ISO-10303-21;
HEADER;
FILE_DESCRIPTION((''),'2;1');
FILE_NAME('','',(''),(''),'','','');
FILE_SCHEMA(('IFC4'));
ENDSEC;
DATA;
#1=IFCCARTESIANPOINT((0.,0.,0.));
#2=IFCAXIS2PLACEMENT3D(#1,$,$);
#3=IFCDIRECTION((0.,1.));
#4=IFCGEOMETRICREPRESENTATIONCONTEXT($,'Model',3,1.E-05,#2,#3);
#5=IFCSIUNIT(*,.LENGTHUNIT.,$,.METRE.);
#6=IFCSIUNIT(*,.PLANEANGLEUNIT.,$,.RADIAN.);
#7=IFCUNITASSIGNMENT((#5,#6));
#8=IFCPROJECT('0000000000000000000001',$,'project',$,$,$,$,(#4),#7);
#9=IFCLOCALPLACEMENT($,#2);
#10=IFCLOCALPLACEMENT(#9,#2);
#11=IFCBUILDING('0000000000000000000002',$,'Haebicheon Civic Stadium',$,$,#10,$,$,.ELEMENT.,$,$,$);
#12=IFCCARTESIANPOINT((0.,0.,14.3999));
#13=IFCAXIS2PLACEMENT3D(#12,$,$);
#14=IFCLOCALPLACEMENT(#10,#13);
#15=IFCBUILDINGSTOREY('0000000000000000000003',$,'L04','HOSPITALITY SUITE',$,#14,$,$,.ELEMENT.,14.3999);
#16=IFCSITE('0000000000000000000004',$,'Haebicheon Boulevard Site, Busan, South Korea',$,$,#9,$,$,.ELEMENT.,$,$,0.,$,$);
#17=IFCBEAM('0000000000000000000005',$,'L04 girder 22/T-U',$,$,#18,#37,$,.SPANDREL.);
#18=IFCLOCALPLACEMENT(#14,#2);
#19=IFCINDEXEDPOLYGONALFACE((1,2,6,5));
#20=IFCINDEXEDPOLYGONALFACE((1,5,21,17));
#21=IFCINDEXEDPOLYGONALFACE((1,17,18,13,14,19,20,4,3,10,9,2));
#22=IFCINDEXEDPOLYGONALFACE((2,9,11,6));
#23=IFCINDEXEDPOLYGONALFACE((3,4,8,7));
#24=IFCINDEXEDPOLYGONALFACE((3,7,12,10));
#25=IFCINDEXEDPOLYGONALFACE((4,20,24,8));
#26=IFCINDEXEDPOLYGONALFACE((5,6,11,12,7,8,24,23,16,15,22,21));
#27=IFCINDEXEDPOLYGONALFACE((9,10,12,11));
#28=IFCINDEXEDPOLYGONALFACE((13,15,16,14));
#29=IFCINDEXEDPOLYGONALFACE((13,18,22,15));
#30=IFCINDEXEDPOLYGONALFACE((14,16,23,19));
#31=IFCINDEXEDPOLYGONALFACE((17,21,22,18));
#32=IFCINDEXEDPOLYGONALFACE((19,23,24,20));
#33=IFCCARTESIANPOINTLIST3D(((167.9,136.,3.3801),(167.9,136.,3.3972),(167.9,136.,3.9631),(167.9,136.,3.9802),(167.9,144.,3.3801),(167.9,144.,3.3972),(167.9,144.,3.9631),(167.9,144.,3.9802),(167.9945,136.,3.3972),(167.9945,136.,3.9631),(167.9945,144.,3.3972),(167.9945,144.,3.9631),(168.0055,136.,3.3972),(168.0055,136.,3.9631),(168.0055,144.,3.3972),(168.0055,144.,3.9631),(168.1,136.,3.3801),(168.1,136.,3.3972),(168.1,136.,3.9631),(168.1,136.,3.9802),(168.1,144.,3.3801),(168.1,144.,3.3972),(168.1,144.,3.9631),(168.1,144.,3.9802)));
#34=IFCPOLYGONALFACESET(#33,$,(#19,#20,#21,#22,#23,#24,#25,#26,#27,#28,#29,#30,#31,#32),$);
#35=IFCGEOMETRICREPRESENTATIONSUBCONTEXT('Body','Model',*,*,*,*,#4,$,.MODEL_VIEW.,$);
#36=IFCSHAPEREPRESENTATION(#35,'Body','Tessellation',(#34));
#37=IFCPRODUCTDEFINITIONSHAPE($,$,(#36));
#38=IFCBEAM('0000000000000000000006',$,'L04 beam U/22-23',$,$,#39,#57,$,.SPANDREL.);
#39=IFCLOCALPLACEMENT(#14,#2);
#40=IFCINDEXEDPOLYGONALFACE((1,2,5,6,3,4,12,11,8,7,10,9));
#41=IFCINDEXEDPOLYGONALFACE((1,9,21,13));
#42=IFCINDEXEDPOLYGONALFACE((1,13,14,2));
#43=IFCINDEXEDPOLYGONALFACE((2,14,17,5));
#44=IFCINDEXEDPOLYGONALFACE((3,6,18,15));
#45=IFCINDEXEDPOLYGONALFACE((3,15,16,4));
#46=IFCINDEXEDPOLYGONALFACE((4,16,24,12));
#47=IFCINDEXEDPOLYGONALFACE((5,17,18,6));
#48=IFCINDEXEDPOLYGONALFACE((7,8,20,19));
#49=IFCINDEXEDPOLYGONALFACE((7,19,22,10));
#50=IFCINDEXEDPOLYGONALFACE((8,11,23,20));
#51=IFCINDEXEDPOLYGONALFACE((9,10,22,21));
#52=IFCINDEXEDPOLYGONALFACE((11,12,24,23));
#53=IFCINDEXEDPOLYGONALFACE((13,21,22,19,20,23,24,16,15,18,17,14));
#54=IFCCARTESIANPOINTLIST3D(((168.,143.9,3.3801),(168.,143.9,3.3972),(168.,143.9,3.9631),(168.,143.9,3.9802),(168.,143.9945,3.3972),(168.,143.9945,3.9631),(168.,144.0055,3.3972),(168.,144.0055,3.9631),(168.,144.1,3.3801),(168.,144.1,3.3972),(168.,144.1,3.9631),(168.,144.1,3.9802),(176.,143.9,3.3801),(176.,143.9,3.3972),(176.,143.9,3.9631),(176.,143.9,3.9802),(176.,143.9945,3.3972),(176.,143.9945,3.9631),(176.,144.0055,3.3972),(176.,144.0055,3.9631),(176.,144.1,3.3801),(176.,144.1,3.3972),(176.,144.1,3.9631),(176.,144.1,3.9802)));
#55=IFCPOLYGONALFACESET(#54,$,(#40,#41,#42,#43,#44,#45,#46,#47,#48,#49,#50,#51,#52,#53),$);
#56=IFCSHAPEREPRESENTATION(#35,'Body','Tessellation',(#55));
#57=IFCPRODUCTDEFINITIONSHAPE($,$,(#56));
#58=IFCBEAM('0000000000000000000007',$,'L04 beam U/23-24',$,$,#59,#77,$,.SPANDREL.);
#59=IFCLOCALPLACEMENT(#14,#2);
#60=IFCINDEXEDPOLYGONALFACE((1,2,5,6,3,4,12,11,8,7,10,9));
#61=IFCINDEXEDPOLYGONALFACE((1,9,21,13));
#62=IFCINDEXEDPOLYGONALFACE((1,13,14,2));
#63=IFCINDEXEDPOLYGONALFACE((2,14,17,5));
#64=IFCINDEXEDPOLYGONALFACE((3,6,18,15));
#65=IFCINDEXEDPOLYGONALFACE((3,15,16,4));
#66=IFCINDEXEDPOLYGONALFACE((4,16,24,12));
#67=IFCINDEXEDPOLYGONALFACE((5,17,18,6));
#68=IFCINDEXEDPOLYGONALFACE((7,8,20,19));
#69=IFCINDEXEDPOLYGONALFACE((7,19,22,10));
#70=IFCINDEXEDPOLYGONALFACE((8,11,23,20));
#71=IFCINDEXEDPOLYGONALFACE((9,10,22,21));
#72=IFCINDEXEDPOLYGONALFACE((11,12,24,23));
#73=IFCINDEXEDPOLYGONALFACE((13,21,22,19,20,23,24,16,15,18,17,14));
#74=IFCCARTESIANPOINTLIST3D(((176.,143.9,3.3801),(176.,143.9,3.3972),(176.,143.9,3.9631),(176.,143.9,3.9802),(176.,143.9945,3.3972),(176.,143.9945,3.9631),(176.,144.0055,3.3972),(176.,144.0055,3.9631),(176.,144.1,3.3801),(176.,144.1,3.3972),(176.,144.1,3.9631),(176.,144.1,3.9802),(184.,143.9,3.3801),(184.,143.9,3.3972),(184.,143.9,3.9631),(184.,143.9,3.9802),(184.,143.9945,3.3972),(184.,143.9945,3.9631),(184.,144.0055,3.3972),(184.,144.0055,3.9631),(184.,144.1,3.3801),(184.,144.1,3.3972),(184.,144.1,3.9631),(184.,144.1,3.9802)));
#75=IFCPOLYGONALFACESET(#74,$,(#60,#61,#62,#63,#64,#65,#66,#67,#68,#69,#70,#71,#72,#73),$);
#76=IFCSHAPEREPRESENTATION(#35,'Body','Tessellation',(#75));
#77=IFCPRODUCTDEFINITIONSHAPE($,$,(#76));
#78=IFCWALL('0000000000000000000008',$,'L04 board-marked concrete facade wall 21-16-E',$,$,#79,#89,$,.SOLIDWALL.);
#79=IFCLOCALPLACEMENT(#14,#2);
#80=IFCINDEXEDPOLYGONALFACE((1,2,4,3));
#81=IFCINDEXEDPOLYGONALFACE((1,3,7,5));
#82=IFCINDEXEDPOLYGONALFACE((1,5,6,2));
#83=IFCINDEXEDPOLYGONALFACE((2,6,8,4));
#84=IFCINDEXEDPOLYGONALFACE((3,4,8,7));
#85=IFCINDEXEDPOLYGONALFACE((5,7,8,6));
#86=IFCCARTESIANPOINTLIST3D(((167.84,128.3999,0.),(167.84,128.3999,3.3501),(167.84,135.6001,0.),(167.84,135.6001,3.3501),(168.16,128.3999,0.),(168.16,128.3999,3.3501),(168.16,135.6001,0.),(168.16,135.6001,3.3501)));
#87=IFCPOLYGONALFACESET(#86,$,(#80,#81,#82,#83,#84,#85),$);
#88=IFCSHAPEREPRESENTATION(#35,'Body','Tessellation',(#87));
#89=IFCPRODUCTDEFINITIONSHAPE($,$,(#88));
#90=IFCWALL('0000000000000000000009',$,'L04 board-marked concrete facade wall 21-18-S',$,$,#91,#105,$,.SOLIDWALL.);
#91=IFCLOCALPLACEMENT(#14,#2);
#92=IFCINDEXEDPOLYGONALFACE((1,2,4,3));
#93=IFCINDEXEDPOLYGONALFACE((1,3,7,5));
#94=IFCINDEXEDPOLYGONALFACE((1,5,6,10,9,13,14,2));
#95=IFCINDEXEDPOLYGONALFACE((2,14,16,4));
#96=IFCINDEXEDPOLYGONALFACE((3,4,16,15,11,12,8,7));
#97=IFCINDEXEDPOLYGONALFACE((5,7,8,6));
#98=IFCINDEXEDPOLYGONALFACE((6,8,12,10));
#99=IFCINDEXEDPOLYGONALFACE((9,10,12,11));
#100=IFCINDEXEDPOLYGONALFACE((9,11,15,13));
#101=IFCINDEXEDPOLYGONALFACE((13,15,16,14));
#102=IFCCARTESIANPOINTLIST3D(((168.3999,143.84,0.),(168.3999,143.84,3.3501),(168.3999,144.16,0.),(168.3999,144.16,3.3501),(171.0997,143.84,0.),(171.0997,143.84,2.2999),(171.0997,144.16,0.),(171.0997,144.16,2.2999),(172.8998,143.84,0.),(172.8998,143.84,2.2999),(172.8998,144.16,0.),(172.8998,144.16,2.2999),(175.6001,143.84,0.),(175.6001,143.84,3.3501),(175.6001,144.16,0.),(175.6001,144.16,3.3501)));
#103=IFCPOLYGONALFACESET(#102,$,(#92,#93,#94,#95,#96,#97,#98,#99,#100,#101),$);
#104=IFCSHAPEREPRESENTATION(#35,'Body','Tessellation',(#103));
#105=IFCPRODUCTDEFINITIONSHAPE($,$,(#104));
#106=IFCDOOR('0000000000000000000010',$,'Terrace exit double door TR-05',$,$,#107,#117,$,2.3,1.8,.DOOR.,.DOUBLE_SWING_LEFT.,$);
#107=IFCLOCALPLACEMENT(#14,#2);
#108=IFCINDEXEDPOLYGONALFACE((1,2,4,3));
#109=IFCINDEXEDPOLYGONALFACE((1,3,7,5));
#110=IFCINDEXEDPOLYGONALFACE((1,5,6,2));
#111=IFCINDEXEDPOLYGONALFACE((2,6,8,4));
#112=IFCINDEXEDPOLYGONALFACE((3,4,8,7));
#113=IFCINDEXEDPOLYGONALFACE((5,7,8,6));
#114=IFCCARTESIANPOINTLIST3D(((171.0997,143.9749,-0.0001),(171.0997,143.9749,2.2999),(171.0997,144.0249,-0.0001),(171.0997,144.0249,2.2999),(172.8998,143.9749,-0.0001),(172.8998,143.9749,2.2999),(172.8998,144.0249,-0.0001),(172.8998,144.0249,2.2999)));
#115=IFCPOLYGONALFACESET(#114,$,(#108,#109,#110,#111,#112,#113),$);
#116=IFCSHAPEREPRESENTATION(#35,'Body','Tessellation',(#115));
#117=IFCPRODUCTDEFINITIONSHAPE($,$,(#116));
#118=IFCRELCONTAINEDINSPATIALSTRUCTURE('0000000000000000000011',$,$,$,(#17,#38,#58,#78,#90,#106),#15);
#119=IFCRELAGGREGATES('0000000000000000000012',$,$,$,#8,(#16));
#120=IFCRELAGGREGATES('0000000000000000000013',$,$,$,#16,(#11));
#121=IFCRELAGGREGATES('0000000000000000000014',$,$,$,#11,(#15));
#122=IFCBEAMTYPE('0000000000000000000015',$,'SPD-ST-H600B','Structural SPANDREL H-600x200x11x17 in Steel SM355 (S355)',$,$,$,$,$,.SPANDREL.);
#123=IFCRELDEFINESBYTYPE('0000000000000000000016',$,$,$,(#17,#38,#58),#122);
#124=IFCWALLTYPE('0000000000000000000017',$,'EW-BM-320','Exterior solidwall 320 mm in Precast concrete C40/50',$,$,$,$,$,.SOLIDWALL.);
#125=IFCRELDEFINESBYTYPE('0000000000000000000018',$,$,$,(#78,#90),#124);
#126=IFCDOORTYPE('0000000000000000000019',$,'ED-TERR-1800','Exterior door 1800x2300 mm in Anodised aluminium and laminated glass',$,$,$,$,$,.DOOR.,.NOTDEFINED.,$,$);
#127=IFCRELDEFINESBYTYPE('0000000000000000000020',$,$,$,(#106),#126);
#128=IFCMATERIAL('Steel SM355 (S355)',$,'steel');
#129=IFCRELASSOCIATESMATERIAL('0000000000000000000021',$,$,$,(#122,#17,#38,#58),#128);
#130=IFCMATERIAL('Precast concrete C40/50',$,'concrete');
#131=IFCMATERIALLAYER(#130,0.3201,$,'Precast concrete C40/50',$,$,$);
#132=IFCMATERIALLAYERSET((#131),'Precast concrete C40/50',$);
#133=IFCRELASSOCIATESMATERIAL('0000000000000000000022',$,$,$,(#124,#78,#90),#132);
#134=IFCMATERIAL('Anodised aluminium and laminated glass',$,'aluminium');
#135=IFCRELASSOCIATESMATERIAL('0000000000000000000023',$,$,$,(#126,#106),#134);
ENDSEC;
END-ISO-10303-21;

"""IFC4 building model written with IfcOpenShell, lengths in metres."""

from ifc_helpers import new_model, si_unit, direction, frame, frame_2d, origin, origin_2d, place, context, subcontext, project, spatial, rectangle, i_section, extrude, material, layer, layer_set, material_profile, profile_set, type_object, element, fill, save


model = new_model("IFC4")

# Units and contexts
model_context = context("Model", 3, precision=1e-05, world=origin(), true_north=direction((0.0, 1.0)))
body_context = subcontext(model_context, "Body", "Model", "MODEL_VIEW")
ifc_project = project(units=[si_unit("LENGTHUNIT", "METRE"), si_unit("PLANEANGLEUNIT", "RADIAN")], contexts=[model_context])

# Site, building, storey
site_placement = place(None, origin())
site = spatial("IfcSite", under=ifc_project, at=site_placement, Name="Haebicheon Boulevard Site, Busan, South Korea", CompositionType="ELEMENT", RefElevation=0.0)
building_placement = place(site_placement, origin())
building = spatial("IfcBuilding", under=site, at=building_placement, Name="Haebicheon Civic Stadium", CompositionType="ELEMENT")
storey_placement = place(building_placement, frame((0.0, 0.0, 14.3999)))
storey = spatial("IfcBuildingStorey", under=building, at=storey_placement, Name="L04", Description="HOSPITALITY SUITE", CompositionType="ELEMENT", Elevation=14.3999)

# Beams
ifc_material_1 = material(Name="Steel SM355 (S355)", Category="steel")
ifc_material_profile_1 = material_profile(ifc_material_1, i_section(OverallWidth=0.2, OverallDepth=0.6001, WebThickness=0.011, FlangeThickness=0.0171, at=origin_2d()), Name="H-600x200x11x17")
ifc_profile_set_1 = profile_set([ifc_material_profile_1], Name="Steel SM355 (S355)")
beam_type_1 = type_object("IfcBeamType", Name="SPD-ST-H600B", Description="Structural SPANDREL H-600x200x11x17 in Steel SM355 (S355)", PredefinedType="SPANDREL", material=ifc_profile_set_1)
for number, where, z_axis, x_axis, name in (
    (1, (168.0, 136.0, 3.6802), (0.0, 1.0, 0.0), (-1.0, 0.0, 0.0), "L04 girder 22/T-U"),
    (2, (168.0, 144.0, 3.6802), (1.0, 0.0, 0.0), (0.0, 1.0, 0.0), "L04 beam U/22-23"),
    (3, (176.0, 144.0, 3.6802), (1.0, 0.0, 0.0), (0.0, 1.0, 0.0), "L04 beam U/23-24"),
):
    element("IfcBeam", number, at=place(storey_placement, frame(where, z_axis=z_axis, x_axis=x_axis)), inside=storey, type_object=beam_type_1, material=ifc_profile_set_1, Name=name, PredefinedType="SPANDREL", context=body_context, shape_type="SweptSolid", body=[
        extrude(i_section(OverallWidth=0.2, OverallDepth=0.6001, WebThickness=0.011, FlangeThickness=0.0171, at=origin_2d()), origin(), (0.0, 0.0, 1.0), 8.0),
    ])

# Wall
ifc_material_2 = material(Name="Precast concrete C40/50", Category="concrete")
ifc_layer_1 = layer(ifc_material_2, 0.3201, Name="Precast concrete C40/50")
ifc_layer_set_1 = layer_set([ifc_layer_1], Name="Precast concrete C40/50")
wall_type = type_object("IfcWallType", Name="EW-BM-320", Description="Exterior solidwall 320 mm in Precast concrete C40/50", PredefinedType="SOLIDWALL", material=ifc_layer_set_1)
wall_1_placement = place(storey_placement, frame((168.0, 128.3999, 0.0), z_axis=(0.0, 0.0, 1.0), x_axis=(0.0, 1.0, 0.0)))
element("IfcWall", 4, at=wall_1_placement, inside=storey, type_object=wall_type, material=ifc_layer_set_1, Name="L04 board-marked concrete facade wall 21-16-E", PredefinedType="SOLIDWALL", context=body_context, shape_type="SweptSolid", body=[
    extrude(rectangle(XDim=7.2002, YDim=0.3201, at=frame_2d((3.6001, 0.0))), origin(), (0.0, 0.0, 1.0), 3.3501),
])

# Wall, opening, door
wall_2_placement = place(storey_placement, frame((168.3999, 144.0, 0.0), z_axis=(0.0, 0.0, 1.0), x_axis=(1.0, 0.0, 0.0)))
wall_2 = element("IfcWall", 5, at=wall_2_placement, inside=storey, type_object=wall_type, material=ifc_layer_set_1, Name="L04 board-marked concrete facade wall 21-18-S", PredefinedType="SOLIDWALL", context=body_context, shape_type="SweptSolid", body=[
    extrude(rectangle(XDim=7.2002, YDim=0.3201, at=frame_2d((3.6001, 0.0))), origin(), (0.0, 0.0, 1.0), 3.3501),
])
opening_1_placement = place(wall_2_placement, frame((2.7, 0.0, 0.0)))
opening_1 = element("IfcOpeningElement", 6, at=opening_1_placement, cuts=wall_2, PredefinedType="OPENING", context=body_context, shape_type="SweptSolid", body=[
    extrude(rectangle(XDim=1.8, YDim=2.3, at=frame_2d((0.8999, 1.1499))), frame((0.0, 0.1699, 0.0), z_axis=(0.0, -1.0, 0.0), x_axis=(1.0, 0.0, 0.0)), (0.0, 0.0, 1.0), 0.3401),
])
ifc_material_3 = material(Name="Anodised aluminium and laminated glass", Category="aluminium")
door_type_1 = type_object("IfcDoorType", Name="ED-TERR-1800", Description="Exterior door 1800x2300 mm in Anodised aluminium and laminated glass", OperationType="NOTDEFINED", PredefinedType="DOOR", material=ifc_material_3)
door_1_placement = place(opening_1_placement, origin())
door_1 = element("IfcDoor", 7, at=door_1_placement, inside=storey, type_object=door_type_1, material=ifc_material_3, Name="Terrace exit double door TR-05", OperationType="DOUBLE_SWING_LEFT", OverallHeight=2.3, OverallWidth=1.8, PredefinedType="DOOR", context=body_context, shape_type="SweptSolid", body=[
    extrude(rectangle(XDim=1.8, YDim=2.3, at=frame_2d((0.8999, 1.1499))), frame((0.0, 0.0249, 0.0), z_axis=(0.0, -1.0, 0.0), x_axis=(1.0, 0.0, 0.0)), (0.0, 0.0, 1.0), 0.05),
])
fill(opening_1, door_1)

save(model, "model.ifc")
